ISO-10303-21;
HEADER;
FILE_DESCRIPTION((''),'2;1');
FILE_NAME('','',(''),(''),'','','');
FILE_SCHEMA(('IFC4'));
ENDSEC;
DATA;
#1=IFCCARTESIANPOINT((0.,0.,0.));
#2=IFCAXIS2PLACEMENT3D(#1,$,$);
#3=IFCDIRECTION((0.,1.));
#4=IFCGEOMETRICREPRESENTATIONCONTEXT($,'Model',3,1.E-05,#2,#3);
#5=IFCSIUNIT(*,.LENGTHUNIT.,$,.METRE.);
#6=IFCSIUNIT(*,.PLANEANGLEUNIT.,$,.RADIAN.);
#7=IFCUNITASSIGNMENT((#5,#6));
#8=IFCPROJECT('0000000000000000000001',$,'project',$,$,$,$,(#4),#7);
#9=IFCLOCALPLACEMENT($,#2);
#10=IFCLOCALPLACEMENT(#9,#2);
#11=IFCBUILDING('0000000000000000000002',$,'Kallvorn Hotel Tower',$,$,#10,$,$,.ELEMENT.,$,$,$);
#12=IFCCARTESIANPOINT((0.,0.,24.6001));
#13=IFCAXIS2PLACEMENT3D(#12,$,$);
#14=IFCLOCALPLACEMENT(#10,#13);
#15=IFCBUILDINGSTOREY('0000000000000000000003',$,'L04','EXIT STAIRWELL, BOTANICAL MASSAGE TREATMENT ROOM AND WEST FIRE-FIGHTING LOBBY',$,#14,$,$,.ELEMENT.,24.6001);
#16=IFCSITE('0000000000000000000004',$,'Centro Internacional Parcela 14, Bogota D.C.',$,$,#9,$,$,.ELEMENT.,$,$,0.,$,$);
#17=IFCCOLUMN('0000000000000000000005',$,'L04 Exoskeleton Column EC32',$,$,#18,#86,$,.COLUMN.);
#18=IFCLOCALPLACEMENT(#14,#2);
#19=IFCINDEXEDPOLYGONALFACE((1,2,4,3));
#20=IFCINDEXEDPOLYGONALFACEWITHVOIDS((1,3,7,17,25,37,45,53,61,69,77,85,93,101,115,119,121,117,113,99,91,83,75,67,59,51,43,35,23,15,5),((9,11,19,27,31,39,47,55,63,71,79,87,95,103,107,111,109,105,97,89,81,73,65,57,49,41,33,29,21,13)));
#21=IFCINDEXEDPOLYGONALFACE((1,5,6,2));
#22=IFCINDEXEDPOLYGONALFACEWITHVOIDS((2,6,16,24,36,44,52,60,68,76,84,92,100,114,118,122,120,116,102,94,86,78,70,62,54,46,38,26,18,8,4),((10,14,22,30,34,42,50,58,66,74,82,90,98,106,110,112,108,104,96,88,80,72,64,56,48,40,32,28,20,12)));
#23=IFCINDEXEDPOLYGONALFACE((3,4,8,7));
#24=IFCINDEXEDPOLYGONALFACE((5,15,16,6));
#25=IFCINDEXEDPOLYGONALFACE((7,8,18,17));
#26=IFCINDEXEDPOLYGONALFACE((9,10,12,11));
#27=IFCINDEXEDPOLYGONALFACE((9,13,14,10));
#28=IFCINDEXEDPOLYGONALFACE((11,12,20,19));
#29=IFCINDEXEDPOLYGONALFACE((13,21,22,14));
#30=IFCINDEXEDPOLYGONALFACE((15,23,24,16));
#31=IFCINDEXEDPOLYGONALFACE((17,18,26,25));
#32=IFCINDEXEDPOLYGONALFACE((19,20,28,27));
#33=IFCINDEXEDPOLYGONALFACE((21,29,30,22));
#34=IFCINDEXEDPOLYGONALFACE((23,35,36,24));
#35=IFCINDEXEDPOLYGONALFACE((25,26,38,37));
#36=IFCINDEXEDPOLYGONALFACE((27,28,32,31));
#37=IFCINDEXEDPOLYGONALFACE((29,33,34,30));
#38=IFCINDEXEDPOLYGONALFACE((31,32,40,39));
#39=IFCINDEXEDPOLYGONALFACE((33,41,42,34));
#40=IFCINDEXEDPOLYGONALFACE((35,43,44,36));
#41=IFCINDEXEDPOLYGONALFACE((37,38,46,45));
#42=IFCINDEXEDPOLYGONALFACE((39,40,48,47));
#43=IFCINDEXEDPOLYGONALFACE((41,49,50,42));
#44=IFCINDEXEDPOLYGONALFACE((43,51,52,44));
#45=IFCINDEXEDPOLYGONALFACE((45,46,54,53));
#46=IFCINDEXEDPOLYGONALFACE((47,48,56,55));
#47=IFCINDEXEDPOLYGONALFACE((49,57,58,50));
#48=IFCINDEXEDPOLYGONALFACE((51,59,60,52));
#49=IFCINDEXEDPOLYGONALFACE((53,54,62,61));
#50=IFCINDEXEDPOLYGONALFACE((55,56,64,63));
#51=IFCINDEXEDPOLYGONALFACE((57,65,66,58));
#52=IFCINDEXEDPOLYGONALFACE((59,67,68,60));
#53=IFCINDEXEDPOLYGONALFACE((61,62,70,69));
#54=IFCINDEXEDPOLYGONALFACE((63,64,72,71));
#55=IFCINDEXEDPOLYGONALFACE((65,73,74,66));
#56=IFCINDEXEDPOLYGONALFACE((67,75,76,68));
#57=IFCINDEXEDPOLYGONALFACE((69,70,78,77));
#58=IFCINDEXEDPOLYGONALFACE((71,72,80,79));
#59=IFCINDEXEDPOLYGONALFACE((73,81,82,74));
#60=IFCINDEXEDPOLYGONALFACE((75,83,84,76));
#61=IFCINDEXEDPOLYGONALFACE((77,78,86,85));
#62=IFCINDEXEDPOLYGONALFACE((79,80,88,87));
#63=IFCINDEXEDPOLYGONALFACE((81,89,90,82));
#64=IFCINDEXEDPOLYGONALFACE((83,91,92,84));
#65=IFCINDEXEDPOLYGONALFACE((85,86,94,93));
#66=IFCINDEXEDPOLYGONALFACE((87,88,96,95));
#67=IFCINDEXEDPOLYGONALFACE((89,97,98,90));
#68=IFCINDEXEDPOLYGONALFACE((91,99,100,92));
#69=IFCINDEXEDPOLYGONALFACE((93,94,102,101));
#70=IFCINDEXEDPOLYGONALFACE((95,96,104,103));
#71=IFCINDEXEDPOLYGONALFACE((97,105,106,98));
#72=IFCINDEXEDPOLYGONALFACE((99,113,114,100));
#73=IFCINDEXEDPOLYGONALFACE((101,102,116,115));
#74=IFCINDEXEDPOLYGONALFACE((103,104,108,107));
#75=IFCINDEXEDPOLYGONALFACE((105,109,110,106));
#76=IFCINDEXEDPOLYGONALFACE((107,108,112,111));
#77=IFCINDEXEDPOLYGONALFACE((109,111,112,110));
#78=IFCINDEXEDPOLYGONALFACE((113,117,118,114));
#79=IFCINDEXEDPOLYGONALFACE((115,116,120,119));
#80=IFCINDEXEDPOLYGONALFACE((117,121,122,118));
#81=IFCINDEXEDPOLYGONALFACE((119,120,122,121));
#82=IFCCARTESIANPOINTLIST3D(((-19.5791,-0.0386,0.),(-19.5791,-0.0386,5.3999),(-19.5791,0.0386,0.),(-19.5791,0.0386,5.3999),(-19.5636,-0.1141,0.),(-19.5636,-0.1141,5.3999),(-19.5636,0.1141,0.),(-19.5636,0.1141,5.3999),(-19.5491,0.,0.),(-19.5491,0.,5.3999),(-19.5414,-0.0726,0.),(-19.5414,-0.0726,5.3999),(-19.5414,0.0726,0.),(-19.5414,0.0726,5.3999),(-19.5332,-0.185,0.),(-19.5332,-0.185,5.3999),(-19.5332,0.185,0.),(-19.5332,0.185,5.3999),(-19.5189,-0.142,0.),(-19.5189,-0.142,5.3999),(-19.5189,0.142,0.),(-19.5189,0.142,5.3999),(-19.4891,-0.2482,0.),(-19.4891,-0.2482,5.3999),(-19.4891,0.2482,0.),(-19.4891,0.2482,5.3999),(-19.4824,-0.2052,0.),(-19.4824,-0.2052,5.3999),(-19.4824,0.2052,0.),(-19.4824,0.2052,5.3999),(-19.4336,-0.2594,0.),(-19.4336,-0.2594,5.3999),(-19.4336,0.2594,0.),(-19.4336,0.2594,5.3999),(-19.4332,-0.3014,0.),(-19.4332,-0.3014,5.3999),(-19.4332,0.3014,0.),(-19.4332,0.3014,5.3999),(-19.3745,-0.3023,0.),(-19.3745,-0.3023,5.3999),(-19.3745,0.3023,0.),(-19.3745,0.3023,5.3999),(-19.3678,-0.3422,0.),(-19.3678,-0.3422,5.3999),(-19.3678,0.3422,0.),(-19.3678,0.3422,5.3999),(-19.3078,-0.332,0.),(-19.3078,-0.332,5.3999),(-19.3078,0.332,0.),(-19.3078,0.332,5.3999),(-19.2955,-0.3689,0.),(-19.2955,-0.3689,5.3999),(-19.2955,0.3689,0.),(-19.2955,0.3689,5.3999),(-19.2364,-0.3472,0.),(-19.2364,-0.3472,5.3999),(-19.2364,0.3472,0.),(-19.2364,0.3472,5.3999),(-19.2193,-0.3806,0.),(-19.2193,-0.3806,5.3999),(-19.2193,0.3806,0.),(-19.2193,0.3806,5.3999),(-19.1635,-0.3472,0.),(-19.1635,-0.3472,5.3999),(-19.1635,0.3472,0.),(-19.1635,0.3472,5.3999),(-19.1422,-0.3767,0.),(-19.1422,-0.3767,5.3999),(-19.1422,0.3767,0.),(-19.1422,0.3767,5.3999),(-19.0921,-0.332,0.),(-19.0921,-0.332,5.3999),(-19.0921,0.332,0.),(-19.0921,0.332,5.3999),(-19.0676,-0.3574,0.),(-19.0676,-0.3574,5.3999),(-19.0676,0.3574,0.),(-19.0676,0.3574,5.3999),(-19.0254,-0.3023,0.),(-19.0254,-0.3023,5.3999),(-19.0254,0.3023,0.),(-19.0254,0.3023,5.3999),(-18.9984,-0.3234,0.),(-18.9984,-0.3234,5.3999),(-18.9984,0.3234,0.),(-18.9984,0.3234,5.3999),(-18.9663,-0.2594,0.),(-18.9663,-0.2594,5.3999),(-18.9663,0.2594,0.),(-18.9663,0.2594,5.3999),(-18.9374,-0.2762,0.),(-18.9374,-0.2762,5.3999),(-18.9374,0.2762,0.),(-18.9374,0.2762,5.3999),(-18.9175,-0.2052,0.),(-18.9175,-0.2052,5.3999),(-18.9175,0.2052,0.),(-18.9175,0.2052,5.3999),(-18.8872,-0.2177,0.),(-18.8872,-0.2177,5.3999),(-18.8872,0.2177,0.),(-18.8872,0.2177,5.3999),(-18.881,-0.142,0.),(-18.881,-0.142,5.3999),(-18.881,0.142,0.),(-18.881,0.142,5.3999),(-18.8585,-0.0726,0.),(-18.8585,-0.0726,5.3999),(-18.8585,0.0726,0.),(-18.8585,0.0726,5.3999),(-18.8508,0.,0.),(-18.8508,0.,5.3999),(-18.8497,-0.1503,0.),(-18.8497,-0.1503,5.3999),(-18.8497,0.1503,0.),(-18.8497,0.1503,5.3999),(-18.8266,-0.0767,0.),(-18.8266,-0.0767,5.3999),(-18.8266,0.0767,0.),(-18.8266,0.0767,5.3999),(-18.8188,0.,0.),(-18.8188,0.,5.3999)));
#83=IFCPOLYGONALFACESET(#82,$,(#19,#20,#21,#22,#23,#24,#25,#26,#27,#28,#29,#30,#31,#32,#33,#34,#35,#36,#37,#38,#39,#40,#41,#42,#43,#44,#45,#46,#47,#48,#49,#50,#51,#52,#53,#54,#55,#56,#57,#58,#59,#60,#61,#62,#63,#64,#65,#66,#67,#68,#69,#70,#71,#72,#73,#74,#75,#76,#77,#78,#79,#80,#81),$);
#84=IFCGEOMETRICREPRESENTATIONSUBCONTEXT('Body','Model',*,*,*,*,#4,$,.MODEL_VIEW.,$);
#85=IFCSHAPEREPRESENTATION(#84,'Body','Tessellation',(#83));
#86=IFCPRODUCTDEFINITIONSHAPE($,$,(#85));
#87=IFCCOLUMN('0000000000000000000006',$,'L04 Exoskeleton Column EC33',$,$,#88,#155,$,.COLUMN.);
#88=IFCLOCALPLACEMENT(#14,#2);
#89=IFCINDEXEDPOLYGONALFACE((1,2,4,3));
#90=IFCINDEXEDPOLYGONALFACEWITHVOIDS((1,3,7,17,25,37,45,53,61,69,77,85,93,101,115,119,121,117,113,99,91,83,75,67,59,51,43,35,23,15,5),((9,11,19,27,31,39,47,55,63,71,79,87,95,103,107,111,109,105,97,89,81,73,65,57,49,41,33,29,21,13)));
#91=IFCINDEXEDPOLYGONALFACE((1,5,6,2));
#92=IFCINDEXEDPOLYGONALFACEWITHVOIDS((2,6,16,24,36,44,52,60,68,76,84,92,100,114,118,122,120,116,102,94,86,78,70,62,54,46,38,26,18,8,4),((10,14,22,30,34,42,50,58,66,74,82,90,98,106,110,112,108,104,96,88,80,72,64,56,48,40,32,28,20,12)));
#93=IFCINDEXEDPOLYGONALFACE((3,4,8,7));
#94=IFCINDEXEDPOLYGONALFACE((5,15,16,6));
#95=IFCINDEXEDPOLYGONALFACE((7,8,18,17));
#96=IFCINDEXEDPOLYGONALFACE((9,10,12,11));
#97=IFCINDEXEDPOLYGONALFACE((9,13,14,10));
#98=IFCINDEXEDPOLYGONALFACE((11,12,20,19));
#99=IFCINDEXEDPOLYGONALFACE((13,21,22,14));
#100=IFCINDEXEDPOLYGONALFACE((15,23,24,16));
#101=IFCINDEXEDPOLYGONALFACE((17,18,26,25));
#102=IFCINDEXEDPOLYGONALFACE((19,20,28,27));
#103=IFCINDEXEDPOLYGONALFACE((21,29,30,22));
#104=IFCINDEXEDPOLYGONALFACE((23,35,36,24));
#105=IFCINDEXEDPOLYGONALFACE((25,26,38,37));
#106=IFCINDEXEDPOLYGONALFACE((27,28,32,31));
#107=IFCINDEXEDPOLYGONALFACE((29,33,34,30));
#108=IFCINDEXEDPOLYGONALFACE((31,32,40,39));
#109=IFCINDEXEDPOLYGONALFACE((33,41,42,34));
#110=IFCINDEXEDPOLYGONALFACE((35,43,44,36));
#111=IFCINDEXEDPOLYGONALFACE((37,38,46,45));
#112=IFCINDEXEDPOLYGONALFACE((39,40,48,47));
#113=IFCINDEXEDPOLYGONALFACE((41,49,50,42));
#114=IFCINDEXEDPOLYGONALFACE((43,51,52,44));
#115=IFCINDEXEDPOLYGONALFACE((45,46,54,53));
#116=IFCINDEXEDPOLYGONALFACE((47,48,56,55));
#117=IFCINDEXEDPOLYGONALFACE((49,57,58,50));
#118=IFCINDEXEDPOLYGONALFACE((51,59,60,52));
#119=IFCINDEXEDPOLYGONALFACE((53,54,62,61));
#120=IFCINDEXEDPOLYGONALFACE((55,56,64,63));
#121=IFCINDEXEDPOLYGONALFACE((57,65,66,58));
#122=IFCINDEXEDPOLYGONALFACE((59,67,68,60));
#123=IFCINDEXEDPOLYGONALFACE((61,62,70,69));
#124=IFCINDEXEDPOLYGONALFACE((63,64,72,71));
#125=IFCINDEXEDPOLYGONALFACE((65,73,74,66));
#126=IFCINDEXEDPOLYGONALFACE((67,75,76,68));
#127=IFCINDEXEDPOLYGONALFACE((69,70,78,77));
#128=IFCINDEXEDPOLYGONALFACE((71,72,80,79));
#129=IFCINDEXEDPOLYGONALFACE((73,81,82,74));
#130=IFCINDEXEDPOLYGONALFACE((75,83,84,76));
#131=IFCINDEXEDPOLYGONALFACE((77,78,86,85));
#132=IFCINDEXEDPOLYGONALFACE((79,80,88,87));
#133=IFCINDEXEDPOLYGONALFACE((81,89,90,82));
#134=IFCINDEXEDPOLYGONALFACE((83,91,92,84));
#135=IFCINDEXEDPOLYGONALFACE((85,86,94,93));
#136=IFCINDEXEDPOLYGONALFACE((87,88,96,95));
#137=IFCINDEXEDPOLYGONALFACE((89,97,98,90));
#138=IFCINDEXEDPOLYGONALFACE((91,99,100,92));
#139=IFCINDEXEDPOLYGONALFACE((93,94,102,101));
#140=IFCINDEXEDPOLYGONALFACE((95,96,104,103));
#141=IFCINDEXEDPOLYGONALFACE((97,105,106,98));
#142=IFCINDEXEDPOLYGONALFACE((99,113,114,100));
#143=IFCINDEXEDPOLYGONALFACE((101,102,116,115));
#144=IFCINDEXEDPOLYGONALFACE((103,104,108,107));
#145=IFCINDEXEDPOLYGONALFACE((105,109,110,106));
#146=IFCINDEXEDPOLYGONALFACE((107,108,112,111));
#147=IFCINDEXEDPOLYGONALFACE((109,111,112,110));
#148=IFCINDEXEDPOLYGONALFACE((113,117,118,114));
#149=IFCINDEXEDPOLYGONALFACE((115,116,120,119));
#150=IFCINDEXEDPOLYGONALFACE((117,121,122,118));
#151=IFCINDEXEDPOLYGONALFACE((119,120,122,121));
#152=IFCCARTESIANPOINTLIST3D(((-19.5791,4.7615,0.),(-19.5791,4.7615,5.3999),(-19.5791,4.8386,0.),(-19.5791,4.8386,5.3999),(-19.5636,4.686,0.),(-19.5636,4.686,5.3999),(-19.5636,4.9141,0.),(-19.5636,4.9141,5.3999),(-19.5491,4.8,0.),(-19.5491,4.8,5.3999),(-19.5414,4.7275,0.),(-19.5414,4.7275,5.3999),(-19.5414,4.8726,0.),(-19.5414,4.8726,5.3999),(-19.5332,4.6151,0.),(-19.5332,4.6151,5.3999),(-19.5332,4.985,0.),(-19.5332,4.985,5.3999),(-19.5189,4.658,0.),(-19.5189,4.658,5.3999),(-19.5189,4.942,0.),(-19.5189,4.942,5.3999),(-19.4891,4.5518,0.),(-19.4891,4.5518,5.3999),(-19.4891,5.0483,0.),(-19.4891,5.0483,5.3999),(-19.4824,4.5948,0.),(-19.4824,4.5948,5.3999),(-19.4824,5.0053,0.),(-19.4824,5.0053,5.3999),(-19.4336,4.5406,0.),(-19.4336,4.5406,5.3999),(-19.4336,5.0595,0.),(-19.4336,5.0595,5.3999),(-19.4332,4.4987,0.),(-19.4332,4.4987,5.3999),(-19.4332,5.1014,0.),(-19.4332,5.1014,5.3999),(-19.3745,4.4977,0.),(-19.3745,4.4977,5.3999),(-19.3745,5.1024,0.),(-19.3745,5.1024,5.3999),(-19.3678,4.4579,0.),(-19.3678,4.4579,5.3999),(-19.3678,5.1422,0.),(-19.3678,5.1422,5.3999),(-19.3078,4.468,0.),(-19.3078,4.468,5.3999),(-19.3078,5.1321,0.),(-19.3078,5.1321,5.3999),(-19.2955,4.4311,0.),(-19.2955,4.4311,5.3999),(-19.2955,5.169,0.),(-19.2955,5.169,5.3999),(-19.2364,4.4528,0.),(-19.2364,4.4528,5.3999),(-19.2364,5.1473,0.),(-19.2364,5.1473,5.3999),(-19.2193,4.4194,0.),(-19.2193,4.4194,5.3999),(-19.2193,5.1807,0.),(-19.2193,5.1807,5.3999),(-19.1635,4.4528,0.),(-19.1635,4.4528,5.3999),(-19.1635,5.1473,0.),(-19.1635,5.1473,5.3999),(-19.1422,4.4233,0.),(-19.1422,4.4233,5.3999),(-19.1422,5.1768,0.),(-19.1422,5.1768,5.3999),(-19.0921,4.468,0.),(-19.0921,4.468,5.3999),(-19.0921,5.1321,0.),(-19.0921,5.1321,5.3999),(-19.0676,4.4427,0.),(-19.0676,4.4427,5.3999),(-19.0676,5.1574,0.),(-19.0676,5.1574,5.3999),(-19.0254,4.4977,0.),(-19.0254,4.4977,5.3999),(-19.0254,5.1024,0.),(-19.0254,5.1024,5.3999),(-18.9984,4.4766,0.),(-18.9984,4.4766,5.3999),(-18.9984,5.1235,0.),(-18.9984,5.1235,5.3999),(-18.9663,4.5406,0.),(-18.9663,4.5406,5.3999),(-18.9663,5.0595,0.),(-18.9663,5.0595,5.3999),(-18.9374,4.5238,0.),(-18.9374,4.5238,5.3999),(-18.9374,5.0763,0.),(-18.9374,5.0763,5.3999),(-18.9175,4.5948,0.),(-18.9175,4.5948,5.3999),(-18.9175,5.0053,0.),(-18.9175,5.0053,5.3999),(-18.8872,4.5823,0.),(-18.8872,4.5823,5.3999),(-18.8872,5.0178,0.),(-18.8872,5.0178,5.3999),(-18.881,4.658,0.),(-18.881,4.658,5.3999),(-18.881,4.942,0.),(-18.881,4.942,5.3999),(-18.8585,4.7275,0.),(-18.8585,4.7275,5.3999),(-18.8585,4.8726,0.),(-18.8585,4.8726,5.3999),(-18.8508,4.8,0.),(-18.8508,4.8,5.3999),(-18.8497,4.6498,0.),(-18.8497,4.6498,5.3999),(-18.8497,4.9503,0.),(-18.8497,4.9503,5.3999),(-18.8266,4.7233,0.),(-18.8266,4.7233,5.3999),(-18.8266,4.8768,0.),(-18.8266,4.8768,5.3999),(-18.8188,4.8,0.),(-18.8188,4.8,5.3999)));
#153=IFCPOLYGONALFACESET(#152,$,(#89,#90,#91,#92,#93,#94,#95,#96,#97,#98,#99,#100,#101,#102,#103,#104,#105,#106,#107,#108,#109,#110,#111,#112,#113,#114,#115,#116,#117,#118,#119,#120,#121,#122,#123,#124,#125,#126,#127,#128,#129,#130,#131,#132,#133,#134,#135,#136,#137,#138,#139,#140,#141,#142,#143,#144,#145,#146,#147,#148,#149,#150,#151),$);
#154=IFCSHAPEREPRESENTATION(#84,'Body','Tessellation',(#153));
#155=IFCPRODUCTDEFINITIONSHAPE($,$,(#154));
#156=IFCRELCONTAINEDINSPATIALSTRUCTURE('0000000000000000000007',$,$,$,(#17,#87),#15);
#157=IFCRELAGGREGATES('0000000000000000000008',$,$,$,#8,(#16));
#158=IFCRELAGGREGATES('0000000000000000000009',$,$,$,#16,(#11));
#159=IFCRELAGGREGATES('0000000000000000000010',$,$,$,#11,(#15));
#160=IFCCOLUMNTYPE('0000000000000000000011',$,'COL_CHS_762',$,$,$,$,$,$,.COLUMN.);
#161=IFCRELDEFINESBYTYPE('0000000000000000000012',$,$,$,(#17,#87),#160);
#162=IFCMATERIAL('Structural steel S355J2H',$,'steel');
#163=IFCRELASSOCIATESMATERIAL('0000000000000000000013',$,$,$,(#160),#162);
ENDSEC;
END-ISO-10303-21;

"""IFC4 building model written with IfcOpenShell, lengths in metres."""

from ifc_helpers import new_model, si_unit, direction, frame, origin, origin_2d, place, context, subcontext, project, spatial, hollow_circle, extrude, material, material_profile, profile_set, type_object, element, save


model = new_model("IFC4")

# Units and contexts
model_context = context("Model", 3, precision=1e-05, world=origin(), true_north=direction((0.0, 1.0)))
body_context = subcontext(model_context, "Body", "Model", "MODEL_VIEW")
ifc_project = project(units=[si_unit("LENGTHUNIT", "METRE"), si_unit("PLANEANGLEUNIT", "RADIAN")], contexts=[model_context])

# Site, building, storey
site_placement = place(None, origin())
site = spatial("IfcSite", under=ifc_project, at=site_placement, Name="Centro Internacional Parcela 14, Bogota D.C.", CompositionType="ELEMENT", RefElevation=0.0)
building_placement = place(site_placement, origin())
building = spatial("IfcBuilding", under=site, at=building_placement, Name="Kallvorn Hotel Tower", CompositionType="ELEMENT")
storey_placement = place(building_placement, frame((0.0, 0.0, 24.6001)))
storey = spatial("IfcBuildingStorey", under=building, at=storey_placement, Name="L04", Description="EXIT STAIRWELL, BOTANICAL MASSAGE TREATMENT ROOM AND WEST FIRE-FIGHTING LOBBY", CompositionType="ELEMENT", Elevation=24.6001)

# Columns
ifc_material_1 = material(Name="Structural steel S355J2H", Category="steel")
ifc_material_profile_1 = material_profile(ifc_material_1, hollow_circle(Radius=0.3811, WallThickness=0.032, at=origin_2d()), Name="CHS 762x32")
ifc_profile_set_1 = profile_set([ifc_material_profile_1], Name="Structural steel S355J2H")
column_type_1 = type_object("IfcColumnType", Name="COL_CHS_762", PredefinedType="COLUMN", material=ifc_profile_set_1)
for number, where, z_axis, x_axis, name in (
    (1, (-19.2, 0.0, 0.0), (0.0, 0.0, 1.0), (1.0, 0.0, 0.0), "L04 Exoskeleton Column EC32"),
    (2, (-19.2, 4.8, 0.0), (0.0, 0.0, 1.0), (1.0, 0.0, 0.0), "L04 Exoskeleton Column EC33"),
):
    element("IfcColumn", number, at=place(storey_placement, frame(where, z_axis=z_axis, x_axis=x_axis)), inside=storey, type_object=column_type_1, Name=name, PredefinedType="COLUMN", context=body_context, shape_type="SweptSolid", body=[
        extrude(hollow_circle(Radius=0.3811, WallThickness=0.032, at=origin_2d()), origin(), (0.0, 0.0, 1.0), 5.3999),
    ])

save(model, "model.ifc")
